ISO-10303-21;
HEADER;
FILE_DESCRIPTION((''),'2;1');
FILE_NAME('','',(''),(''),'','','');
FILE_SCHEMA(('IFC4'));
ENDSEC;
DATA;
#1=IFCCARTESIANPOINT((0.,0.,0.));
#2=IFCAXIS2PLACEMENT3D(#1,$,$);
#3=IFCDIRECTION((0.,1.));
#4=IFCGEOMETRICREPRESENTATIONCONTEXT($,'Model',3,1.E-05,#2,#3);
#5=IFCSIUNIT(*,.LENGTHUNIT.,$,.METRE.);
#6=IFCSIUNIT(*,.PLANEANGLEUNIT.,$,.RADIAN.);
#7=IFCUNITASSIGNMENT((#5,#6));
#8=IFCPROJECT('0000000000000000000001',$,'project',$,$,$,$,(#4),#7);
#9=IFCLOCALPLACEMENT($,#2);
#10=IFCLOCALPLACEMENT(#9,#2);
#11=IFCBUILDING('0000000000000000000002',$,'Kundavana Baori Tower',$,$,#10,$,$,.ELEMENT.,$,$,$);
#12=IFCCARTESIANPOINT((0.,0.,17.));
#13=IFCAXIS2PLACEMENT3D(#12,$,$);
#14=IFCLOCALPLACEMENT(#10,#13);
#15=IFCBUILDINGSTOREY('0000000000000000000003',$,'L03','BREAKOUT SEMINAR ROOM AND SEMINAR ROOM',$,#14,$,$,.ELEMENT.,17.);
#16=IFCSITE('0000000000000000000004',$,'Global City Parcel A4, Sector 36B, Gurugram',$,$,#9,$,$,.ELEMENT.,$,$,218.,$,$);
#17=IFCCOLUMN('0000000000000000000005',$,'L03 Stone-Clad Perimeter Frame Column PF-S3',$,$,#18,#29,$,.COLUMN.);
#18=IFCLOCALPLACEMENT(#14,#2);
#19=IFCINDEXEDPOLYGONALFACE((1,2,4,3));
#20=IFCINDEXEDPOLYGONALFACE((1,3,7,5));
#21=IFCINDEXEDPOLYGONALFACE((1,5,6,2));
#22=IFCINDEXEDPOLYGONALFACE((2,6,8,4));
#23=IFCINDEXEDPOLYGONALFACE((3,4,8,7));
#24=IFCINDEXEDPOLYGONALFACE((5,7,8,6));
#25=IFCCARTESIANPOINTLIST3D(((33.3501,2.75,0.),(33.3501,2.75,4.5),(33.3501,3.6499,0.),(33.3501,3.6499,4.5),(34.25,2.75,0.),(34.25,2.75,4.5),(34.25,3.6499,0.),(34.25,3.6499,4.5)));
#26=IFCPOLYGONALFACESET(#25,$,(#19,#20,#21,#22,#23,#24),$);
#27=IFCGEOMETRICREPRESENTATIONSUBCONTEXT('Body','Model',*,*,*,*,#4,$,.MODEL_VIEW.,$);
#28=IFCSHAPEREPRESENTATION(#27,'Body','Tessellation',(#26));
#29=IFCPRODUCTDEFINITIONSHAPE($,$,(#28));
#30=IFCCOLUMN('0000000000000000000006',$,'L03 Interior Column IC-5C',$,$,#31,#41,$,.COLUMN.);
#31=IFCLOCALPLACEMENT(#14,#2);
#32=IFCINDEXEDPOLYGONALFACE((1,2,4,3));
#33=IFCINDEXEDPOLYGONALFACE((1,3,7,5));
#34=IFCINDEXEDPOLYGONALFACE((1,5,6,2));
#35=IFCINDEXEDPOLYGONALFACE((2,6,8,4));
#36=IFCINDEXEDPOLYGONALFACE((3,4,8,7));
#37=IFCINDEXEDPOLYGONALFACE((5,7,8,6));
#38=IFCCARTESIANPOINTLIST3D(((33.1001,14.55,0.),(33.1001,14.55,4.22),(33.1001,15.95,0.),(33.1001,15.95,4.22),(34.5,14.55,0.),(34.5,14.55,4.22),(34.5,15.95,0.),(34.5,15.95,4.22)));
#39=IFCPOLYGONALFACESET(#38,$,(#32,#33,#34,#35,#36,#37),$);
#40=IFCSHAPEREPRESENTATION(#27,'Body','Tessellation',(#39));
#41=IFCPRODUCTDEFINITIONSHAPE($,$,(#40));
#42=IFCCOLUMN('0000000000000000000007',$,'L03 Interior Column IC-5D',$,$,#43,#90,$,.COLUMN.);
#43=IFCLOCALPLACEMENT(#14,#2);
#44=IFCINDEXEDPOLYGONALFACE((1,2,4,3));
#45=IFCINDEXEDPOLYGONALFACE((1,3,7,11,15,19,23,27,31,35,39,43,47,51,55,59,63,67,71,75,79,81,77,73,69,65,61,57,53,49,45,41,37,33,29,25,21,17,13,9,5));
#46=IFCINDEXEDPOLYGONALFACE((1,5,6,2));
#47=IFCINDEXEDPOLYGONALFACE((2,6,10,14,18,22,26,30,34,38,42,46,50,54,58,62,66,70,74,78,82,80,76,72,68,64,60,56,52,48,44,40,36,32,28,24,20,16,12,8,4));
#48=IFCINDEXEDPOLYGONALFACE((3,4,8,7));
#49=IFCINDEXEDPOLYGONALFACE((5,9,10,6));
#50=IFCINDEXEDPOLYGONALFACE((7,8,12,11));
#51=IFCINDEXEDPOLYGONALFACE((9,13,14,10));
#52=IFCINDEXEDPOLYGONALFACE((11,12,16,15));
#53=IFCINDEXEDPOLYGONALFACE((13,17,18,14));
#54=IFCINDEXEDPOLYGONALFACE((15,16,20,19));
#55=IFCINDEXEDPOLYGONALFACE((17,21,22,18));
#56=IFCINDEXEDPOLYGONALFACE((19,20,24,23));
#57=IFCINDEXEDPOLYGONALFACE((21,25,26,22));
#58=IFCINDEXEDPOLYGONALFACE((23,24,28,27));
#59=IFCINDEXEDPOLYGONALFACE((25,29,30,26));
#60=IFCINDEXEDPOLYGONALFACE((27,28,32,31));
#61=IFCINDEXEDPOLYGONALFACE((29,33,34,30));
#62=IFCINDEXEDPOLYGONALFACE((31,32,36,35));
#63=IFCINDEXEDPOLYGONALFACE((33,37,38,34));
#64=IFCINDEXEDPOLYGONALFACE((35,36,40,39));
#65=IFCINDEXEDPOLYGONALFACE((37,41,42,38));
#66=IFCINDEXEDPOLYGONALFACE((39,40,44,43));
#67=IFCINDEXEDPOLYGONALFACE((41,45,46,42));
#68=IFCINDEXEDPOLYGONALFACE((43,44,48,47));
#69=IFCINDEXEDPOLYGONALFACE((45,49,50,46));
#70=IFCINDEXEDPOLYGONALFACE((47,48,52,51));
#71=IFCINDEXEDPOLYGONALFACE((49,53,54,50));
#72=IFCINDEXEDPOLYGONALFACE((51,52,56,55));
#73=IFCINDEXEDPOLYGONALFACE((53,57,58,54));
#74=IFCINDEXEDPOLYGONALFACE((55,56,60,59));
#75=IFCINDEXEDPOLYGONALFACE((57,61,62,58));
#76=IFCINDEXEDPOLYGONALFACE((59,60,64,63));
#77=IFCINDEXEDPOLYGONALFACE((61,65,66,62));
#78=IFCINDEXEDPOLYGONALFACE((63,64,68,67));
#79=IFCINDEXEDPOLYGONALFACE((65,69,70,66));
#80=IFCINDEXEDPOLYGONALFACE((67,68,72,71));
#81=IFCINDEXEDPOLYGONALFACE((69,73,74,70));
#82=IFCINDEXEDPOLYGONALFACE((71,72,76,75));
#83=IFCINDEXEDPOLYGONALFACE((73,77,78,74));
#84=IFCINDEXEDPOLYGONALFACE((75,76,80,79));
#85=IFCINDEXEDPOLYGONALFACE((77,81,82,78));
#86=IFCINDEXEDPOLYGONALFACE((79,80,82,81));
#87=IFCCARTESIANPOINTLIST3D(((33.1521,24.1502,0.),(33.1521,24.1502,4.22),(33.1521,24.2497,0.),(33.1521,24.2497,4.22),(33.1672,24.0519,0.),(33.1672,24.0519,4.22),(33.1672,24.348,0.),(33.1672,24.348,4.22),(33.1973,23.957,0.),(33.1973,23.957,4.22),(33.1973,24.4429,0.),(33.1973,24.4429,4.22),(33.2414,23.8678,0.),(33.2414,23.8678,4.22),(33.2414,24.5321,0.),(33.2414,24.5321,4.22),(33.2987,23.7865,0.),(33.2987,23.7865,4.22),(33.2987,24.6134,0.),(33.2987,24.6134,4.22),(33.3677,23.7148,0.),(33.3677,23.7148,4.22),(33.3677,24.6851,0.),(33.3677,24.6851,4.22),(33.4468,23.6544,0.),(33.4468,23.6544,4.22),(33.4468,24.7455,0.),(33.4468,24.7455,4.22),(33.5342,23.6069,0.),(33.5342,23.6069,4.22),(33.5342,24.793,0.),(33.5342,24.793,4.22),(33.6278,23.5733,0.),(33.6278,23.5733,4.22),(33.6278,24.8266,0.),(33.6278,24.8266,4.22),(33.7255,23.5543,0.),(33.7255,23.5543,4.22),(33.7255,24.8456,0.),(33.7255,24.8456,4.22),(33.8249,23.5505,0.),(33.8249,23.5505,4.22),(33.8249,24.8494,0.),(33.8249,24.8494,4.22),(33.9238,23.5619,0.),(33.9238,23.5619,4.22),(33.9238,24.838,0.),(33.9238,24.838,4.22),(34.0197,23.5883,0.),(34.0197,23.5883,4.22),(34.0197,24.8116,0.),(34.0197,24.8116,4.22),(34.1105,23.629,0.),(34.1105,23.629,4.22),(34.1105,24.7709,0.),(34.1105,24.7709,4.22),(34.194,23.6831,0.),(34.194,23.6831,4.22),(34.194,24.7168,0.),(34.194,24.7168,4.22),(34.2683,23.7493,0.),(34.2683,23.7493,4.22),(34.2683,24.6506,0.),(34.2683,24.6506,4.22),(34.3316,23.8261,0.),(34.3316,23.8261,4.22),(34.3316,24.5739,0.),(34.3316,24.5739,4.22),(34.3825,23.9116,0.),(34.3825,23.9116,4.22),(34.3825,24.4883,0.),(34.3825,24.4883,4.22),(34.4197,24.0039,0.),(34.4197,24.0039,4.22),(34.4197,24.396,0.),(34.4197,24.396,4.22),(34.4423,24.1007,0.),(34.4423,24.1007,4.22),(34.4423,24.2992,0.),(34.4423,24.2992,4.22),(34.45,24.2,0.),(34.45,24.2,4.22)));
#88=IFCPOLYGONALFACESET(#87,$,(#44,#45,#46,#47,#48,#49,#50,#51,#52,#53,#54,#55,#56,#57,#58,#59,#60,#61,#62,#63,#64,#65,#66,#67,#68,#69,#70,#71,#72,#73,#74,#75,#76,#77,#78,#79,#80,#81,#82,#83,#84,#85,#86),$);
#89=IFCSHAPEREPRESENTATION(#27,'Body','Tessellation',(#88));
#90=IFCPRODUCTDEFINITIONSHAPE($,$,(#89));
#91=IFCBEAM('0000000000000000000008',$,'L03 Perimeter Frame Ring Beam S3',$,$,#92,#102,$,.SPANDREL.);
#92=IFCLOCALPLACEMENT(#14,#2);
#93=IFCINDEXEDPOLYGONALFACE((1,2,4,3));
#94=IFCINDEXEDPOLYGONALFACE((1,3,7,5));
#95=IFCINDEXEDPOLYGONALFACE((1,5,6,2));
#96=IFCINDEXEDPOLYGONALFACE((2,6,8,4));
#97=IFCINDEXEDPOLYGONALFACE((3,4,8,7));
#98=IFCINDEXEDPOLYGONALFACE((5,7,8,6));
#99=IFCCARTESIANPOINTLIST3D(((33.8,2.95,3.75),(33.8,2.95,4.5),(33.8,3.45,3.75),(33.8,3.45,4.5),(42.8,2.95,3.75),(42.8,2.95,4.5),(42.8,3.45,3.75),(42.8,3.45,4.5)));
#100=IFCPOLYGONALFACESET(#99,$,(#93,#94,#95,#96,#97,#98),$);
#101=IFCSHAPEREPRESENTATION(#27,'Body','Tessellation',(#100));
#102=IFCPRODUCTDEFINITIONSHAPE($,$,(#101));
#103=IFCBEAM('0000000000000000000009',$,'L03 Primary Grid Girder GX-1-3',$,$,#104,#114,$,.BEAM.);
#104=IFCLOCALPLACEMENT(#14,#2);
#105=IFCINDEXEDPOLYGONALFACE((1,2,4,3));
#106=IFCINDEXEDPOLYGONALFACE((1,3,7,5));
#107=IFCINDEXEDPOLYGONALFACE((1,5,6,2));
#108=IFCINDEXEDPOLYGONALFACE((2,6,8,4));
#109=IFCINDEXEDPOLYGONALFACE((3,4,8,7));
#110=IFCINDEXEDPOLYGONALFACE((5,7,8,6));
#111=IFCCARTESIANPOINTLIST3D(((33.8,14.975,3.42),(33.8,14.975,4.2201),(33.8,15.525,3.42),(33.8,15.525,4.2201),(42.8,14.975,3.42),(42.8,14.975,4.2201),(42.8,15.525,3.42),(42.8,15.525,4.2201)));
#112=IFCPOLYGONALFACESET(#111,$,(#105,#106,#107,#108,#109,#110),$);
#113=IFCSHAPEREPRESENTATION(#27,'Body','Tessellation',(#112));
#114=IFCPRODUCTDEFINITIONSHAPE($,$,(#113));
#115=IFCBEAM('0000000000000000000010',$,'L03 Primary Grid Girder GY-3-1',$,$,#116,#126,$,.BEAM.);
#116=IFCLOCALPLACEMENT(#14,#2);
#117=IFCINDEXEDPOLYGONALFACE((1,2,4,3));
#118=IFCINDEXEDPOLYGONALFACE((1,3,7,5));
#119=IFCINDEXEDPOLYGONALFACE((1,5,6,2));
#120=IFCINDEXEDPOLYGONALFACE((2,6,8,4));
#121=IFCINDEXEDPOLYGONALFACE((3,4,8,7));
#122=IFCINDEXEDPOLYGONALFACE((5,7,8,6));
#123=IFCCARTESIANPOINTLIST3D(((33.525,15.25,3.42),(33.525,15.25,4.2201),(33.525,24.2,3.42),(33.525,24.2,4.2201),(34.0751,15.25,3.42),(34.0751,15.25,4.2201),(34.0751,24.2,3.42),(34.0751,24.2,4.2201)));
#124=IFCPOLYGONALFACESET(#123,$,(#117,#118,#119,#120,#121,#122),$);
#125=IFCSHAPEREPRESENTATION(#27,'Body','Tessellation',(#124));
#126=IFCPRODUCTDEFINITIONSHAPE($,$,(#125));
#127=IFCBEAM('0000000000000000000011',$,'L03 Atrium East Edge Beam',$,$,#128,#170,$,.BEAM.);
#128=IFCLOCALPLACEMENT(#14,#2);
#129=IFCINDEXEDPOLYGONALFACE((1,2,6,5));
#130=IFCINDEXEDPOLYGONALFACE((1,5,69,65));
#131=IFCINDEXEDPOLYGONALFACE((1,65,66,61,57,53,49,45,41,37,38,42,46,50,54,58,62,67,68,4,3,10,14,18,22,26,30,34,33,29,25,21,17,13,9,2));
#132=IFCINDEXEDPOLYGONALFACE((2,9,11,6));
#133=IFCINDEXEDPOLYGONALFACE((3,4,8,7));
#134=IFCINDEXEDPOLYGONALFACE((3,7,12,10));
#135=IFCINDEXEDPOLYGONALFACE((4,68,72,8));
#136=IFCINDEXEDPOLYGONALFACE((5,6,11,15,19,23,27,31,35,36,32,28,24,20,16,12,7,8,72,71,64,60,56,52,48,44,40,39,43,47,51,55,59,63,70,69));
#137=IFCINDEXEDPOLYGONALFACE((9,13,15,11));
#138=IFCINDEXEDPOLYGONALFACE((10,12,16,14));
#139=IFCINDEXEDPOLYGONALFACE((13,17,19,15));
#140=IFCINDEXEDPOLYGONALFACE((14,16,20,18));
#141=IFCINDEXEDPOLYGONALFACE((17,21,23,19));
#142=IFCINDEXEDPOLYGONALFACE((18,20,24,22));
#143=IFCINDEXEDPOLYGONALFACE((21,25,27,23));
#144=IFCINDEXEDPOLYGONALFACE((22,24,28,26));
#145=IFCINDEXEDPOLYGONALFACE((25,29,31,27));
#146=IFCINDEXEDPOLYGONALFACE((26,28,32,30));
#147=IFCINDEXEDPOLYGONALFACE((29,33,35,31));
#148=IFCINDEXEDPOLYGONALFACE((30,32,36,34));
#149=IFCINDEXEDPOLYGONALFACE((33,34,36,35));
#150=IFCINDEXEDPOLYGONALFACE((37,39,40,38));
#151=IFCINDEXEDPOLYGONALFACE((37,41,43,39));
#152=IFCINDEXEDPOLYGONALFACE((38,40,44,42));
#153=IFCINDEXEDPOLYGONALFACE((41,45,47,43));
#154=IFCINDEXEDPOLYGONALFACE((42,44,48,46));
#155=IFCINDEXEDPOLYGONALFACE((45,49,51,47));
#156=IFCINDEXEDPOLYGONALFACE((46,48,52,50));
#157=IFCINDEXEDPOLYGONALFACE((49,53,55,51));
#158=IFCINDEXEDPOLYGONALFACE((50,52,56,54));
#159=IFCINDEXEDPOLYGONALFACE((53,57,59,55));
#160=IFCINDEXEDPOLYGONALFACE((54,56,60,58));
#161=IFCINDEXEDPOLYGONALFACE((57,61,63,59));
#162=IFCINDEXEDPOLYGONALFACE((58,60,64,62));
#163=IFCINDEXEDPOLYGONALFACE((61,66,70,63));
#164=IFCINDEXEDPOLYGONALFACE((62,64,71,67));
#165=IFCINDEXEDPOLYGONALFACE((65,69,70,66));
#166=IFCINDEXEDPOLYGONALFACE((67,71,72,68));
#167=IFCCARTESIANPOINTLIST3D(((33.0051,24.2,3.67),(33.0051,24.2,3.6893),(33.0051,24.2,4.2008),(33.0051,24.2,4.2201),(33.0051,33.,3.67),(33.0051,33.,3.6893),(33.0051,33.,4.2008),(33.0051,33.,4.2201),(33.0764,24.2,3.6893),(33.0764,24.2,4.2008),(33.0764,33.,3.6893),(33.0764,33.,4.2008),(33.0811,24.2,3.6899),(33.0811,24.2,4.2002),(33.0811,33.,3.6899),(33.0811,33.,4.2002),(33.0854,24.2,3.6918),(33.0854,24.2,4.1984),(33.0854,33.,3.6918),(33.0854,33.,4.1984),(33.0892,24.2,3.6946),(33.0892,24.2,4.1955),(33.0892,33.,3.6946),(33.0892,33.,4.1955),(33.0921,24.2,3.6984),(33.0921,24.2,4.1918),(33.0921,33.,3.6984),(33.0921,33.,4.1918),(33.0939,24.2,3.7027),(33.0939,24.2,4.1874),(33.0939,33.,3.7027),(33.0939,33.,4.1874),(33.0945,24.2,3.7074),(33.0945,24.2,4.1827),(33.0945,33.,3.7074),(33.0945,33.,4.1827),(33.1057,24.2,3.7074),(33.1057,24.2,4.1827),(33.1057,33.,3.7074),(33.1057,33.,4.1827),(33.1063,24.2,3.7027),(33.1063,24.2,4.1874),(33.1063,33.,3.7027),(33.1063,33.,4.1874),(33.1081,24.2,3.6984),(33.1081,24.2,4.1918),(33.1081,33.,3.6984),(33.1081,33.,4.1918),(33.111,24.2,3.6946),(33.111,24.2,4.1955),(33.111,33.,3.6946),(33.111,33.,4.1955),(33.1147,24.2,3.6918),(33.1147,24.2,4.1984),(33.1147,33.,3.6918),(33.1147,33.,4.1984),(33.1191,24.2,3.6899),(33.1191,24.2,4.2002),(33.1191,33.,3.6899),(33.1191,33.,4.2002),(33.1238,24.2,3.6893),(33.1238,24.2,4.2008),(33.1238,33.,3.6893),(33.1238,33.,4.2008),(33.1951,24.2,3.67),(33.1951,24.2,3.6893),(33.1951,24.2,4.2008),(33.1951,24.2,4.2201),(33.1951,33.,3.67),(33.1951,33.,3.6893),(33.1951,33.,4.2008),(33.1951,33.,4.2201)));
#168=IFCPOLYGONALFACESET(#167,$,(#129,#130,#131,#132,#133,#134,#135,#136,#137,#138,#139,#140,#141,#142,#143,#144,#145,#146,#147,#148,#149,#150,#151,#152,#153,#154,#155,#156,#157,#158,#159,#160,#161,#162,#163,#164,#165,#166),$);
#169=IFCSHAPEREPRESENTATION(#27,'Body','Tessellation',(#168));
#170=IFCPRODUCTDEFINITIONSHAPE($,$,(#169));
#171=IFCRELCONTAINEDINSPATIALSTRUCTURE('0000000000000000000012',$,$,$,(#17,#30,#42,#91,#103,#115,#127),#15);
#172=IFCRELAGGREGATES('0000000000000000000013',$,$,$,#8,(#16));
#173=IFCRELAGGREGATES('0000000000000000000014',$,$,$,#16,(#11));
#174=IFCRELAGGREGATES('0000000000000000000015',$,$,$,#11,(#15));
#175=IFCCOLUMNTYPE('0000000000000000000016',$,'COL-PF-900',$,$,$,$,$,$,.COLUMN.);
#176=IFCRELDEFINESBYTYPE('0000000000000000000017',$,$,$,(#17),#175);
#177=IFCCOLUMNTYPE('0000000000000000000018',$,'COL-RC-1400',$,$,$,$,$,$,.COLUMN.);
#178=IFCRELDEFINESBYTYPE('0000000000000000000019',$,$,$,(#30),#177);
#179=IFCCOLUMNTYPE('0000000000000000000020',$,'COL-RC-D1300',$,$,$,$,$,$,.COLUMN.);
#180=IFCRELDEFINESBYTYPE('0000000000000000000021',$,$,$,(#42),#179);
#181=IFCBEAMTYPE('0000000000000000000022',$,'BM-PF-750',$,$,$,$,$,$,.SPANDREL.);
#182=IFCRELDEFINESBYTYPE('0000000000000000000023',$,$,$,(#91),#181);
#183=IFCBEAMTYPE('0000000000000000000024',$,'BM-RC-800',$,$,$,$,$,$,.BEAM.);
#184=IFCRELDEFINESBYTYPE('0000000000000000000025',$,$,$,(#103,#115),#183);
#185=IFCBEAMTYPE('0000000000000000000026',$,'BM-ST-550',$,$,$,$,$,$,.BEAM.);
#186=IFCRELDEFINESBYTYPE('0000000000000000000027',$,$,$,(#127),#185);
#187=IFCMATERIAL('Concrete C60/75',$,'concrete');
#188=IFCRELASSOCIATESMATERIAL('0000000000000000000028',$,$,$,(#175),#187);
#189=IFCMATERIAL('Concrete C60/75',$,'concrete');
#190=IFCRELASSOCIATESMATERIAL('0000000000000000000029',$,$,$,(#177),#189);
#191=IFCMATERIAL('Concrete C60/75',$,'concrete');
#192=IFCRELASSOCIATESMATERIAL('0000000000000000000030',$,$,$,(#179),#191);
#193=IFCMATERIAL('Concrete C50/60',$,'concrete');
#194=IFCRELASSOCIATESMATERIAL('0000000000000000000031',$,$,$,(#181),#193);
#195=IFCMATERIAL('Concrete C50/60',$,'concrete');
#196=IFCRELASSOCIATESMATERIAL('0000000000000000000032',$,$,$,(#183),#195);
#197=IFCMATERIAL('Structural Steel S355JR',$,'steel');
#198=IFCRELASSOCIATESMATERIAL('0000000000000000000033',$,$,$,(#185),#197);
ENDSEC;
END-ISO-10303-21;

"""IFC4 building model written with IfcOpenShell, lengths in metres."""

from ifc_helpers import new_model, si_unit, direction, frame, origin, origin_2d, place, context, subcontext, project, spatial, rectangle, circle, i_section, extrude, material, material_profile, profile_set, type_object, element, save


model = new_model("IFC4")

# Units and contexts
model_context = context("Model", 3, precision=1e-05, world=origin(), true_north=direction((0.0, 1.0)))
body_context = subcontext(model_context, "Body", "Model", "MODEL_VIEW")
ifc_project = project(units=[si_unit("LENGTHUNIT", "METRE"), si_unit("PLANEANGLEUNIT", "RADIAN")], contexts=[model_context])

# Site, building, storey
site_placement = place(None, origin())
site = spatial("IfcSite", under=ifc_project, at=site_placement, Name="Global City Parcel A4, Sector 36B, Gurugram", CompositionType="ELEMENT", RefElevation=218.0)
building_placement = place(site_placement, origin())
building = spatial("IfcBuilding", under=site, at=building_placement, Name="Kundavana Baori Tower", CompositionType="ELEMENT")
storey_placement = place(building_placement, frame((0.0, 0.0, 17.0)))
storey = spatial("IfcBuildingStorey", under=building, at=storey_placement, Name="L03", Description="BREAKOUT SEMINAR ROOM AND SEMINAR ROOM", CompositionType="ELEMENT", Elevation=17.0)

# Columns
ifc_material_1 = material(Name="Concrete C60/75", Category="concrete")
ifc_material_profile_1 = material_profile(ifc_material_1, rectangle(XDim=0.8999, YDim=0.8999, at=origin_2d()), Name="RC PF 900x900")
ifc_profile_set_1 = profile_set([ifc_material_profile_1], Name="Concrete C60/75")
column_type_1 = type_object("IfcColumnType", Name="COL-PF-900", PredefinedType="COLUMN", material=ifc_profile_set_1)
column_1_placement = place(storey_placement, frame((33.8, 3.2, 0.0), z_axis=(0.0, 0.0, 1.0), x_axis=(1.0, 0.0, 0.0)))
element("IfcColumn", 1, at=column_1_placement, inside=storey, type_object=column_type_1, Name="L03 Stone-Clad Perimeter Frame Column PF-S3", PredefinedType="COLUMN", context=body_context, shape_type="SweptSolid", body=[
    extrude(rectangle(XDim=0.8999, YDim=0.8999, at=origin_2d()), origin(), (0.0, 0.0, 1.0), 4.5),
])
ifc_material_2 = material(Name="Concrete C60/75", Category="concrete")
ifc_material_profile_2 = material_profile(ifc_material_2, rectangle(XDim=1.3999, YDim=1.3999, at=origin_2d()), Name="RC 1400x1400")
ifc_profile_set_2 = profile_set([ifc_material_profile_2], Name="Concrete C60/75")
column_type_2 = type_object("IfcColumnType", Name="COL-RC-1400", PredefinedType="COLUMN", material=ifc_profile_set_2)
column_2_placement = place(storey_placement, frame((33.8, 15.25, 0.0), z_axis=(0.0, 0.0, 1.0), x_axis=(1.0, 0.0, 0.0)))
element("IfcColumn", 2, at=column_2_placement, inside=storey, type_object=column_type_2, Name="L03 Interior Column IC-5C", PredefinedType="COLUMN", context=body_context, shape_type="SweptSolid", body=[
    extrude(rectangle(XDim=1.3999, YDim=1.3999, at=origin_2d()), origin(), (0.0, 0.0, 1.0), 4.22),
])
ifc_material_3 = material(Name="Concrete C60/75", Category="concrete")
ifc_material_profile_3 = material_profile(ifc_material_3, circle(Radius=0.6499, at=origin_2d()), Name="RC D1300")
ifc_profile_set_3 = profile_set([ifc_material_profile_3], Name="Concrete C60/75")
column_type_3 = type_object("IfcColumnType", Name="COL-RC-D1300", PredefinedType="COLUMN", material=ifc_profile_set_3)
column_3_placement = place(storey_placement, frame((33.8, 24.2, 0.0), z_axis=(0.0, 0.0, 1.0), x_axis=(1.0, 0.0, 0.0)))
element("IfcColumn", 3, at=column_3_placement, inside=storey, type_object=column_type_3, Name="L03 Interior Column IC-5D", PredefinedType="COLUMN", context=body_context, shape_type="SweptSolid", body=[
    extrude(circle(Radius=0.6499, at=origin_2d()), origin(), (0.0, 0.0, 1.0), 4.22),
])

# Beams
ifc_material_4 = material(Name="Concrete C50/60", Category="concrete")
ifc_material_profile_4 = material_profile(ifc_material_4, rectangle(XDim=0.5, YDim=0.75, at=origin_2d()), Name="RC BM 500x750")
ifc_profile_set_4 = profile_set([ifc_material_profile_4], Name="Concrete C50/60")
beam_type_1 = type_object("IfcBeamType", Name="BM-PF-750", PredefinedType="SPANDREL", material=ifc_profile_set_4)
beam_1_placement = place(storey_placement, frame((33.8, 3.2, 4.125), z_axis=(1.0, 0.0, 0.0), x_axis=(0.0, 1.0, 0.0)))
element("IfcBeam", 4, at=beam_1_placement, inside=storey, type_object=beam_type_1, Name="L03 Perimeter Frame Ring Beam S3", PredefinedType="SPANDREL", context=body_context, shape_type="SweptSolid", body=[
    extrude(rectangle(XDim=0.5, YDim=0.75, at=origin_2d()), origin(), (0.0, 0.0, 1.0), 9.0),
])
ifc_material_5 = material(Name="Concrete C50/60", Category="concrete")
ifc_material_profile_5 = material_profile(ifc_material_5, rectangle(XDim=0.55, YDim=0.8, at=origin_2d()), Name="RC BM 550x800")
ifc_profile_set_5 = profile_set([ifc_material_profile_5], Name="Concrete C50/60")
beam_type_2 = type_object("IfcBeamType", Name="BM-RC-800", PredefinedType="BEAM", material=ifc_profile_set_5)
beam_2_placement = place(storey_placement, frame((33.8, 15.25, 3.8201), z_axis=(1.0, 0.0, 0.0), x_axis=(0.0, 1.0, 0.0)))
element("IfcBeam", 5, at=beam_2_placement, inside=storey, type_object=beam_type_2, Name="L03 Primary Grid Girder GX-1-3", PredefinedType="BEAM", context=body_context, shape_type="SweptSolid", body=[
    extrude(rectangle(XDim=0.55, YDim=0.8, at=origin_2d()), origin(), (0.0, 0.0, 1.0), 9.0),
])
beam_3_placement = place(storey_placement, frame((33.8, 15.25, 3.8201), z_axis=(0.0, 1.0, 0.0), x_axis=(-1.0, 0.0, 0.0)))
element("IfcBeam", 6, at=beam_3_placement, inside=storey, type_object=beam_type_2, Name="L03 Primary Grid Girder GY-3-1", PredefinedType="BEAM", context=body_context, shape_type="SweptSolid", body=[
    extrude(rectangle(XDim=0.55, YDim=0.8, at=origin_2d()), origin(), (0.0, 0.0, 1.0), 8.95),
])
ifc_material_6 = material(Name="Structural Steel S355JR", Category="steel")
ifc_material_profile_6 = material_profile(ifc_material_6, i_section(OverallWidth=0.1899, OverallDepth=0.55, WebThickness=0.0112, FlangeThickness=0.0193, FilletRadius=0.0181, at=origin_2d()), Name="ISMB 550")
ifc_profile_set_6 = profile_set([ifc_material_profile_6], Name="Structural Steel S355JR")
beam_type_3 = type_object("IfcBeamType", Name="BM-ST-550", PredefinedType="BEAM", material=ifc_profile_set_6)
beam_4_placement = place(storey_placement, frame((33.1001, 24.2, 3.9451), z_axis=(0.0, 1.0, 0.0), x_axis=(-1.0, 0.0, 0.0)))
element("IfcBeam", 7, at=beam_4_placement, inside=storey, type_object=beam_type_3, Name="L03 Atrium East Edge Beam", PredefinedType="BEAM", context=body_context, shape_type="SweptSolid", body=[
    extrude(i_section(OverallWidth=0.1899, OverallDepth=0.55, WebThickness=0.0112, FlangeThickness=0.0193, FilletRadius=0.0181, at=origin_2d()), origin(), (0.0, 0.0, 1.0), 8.8),
])

save(model, "model.ifc")
